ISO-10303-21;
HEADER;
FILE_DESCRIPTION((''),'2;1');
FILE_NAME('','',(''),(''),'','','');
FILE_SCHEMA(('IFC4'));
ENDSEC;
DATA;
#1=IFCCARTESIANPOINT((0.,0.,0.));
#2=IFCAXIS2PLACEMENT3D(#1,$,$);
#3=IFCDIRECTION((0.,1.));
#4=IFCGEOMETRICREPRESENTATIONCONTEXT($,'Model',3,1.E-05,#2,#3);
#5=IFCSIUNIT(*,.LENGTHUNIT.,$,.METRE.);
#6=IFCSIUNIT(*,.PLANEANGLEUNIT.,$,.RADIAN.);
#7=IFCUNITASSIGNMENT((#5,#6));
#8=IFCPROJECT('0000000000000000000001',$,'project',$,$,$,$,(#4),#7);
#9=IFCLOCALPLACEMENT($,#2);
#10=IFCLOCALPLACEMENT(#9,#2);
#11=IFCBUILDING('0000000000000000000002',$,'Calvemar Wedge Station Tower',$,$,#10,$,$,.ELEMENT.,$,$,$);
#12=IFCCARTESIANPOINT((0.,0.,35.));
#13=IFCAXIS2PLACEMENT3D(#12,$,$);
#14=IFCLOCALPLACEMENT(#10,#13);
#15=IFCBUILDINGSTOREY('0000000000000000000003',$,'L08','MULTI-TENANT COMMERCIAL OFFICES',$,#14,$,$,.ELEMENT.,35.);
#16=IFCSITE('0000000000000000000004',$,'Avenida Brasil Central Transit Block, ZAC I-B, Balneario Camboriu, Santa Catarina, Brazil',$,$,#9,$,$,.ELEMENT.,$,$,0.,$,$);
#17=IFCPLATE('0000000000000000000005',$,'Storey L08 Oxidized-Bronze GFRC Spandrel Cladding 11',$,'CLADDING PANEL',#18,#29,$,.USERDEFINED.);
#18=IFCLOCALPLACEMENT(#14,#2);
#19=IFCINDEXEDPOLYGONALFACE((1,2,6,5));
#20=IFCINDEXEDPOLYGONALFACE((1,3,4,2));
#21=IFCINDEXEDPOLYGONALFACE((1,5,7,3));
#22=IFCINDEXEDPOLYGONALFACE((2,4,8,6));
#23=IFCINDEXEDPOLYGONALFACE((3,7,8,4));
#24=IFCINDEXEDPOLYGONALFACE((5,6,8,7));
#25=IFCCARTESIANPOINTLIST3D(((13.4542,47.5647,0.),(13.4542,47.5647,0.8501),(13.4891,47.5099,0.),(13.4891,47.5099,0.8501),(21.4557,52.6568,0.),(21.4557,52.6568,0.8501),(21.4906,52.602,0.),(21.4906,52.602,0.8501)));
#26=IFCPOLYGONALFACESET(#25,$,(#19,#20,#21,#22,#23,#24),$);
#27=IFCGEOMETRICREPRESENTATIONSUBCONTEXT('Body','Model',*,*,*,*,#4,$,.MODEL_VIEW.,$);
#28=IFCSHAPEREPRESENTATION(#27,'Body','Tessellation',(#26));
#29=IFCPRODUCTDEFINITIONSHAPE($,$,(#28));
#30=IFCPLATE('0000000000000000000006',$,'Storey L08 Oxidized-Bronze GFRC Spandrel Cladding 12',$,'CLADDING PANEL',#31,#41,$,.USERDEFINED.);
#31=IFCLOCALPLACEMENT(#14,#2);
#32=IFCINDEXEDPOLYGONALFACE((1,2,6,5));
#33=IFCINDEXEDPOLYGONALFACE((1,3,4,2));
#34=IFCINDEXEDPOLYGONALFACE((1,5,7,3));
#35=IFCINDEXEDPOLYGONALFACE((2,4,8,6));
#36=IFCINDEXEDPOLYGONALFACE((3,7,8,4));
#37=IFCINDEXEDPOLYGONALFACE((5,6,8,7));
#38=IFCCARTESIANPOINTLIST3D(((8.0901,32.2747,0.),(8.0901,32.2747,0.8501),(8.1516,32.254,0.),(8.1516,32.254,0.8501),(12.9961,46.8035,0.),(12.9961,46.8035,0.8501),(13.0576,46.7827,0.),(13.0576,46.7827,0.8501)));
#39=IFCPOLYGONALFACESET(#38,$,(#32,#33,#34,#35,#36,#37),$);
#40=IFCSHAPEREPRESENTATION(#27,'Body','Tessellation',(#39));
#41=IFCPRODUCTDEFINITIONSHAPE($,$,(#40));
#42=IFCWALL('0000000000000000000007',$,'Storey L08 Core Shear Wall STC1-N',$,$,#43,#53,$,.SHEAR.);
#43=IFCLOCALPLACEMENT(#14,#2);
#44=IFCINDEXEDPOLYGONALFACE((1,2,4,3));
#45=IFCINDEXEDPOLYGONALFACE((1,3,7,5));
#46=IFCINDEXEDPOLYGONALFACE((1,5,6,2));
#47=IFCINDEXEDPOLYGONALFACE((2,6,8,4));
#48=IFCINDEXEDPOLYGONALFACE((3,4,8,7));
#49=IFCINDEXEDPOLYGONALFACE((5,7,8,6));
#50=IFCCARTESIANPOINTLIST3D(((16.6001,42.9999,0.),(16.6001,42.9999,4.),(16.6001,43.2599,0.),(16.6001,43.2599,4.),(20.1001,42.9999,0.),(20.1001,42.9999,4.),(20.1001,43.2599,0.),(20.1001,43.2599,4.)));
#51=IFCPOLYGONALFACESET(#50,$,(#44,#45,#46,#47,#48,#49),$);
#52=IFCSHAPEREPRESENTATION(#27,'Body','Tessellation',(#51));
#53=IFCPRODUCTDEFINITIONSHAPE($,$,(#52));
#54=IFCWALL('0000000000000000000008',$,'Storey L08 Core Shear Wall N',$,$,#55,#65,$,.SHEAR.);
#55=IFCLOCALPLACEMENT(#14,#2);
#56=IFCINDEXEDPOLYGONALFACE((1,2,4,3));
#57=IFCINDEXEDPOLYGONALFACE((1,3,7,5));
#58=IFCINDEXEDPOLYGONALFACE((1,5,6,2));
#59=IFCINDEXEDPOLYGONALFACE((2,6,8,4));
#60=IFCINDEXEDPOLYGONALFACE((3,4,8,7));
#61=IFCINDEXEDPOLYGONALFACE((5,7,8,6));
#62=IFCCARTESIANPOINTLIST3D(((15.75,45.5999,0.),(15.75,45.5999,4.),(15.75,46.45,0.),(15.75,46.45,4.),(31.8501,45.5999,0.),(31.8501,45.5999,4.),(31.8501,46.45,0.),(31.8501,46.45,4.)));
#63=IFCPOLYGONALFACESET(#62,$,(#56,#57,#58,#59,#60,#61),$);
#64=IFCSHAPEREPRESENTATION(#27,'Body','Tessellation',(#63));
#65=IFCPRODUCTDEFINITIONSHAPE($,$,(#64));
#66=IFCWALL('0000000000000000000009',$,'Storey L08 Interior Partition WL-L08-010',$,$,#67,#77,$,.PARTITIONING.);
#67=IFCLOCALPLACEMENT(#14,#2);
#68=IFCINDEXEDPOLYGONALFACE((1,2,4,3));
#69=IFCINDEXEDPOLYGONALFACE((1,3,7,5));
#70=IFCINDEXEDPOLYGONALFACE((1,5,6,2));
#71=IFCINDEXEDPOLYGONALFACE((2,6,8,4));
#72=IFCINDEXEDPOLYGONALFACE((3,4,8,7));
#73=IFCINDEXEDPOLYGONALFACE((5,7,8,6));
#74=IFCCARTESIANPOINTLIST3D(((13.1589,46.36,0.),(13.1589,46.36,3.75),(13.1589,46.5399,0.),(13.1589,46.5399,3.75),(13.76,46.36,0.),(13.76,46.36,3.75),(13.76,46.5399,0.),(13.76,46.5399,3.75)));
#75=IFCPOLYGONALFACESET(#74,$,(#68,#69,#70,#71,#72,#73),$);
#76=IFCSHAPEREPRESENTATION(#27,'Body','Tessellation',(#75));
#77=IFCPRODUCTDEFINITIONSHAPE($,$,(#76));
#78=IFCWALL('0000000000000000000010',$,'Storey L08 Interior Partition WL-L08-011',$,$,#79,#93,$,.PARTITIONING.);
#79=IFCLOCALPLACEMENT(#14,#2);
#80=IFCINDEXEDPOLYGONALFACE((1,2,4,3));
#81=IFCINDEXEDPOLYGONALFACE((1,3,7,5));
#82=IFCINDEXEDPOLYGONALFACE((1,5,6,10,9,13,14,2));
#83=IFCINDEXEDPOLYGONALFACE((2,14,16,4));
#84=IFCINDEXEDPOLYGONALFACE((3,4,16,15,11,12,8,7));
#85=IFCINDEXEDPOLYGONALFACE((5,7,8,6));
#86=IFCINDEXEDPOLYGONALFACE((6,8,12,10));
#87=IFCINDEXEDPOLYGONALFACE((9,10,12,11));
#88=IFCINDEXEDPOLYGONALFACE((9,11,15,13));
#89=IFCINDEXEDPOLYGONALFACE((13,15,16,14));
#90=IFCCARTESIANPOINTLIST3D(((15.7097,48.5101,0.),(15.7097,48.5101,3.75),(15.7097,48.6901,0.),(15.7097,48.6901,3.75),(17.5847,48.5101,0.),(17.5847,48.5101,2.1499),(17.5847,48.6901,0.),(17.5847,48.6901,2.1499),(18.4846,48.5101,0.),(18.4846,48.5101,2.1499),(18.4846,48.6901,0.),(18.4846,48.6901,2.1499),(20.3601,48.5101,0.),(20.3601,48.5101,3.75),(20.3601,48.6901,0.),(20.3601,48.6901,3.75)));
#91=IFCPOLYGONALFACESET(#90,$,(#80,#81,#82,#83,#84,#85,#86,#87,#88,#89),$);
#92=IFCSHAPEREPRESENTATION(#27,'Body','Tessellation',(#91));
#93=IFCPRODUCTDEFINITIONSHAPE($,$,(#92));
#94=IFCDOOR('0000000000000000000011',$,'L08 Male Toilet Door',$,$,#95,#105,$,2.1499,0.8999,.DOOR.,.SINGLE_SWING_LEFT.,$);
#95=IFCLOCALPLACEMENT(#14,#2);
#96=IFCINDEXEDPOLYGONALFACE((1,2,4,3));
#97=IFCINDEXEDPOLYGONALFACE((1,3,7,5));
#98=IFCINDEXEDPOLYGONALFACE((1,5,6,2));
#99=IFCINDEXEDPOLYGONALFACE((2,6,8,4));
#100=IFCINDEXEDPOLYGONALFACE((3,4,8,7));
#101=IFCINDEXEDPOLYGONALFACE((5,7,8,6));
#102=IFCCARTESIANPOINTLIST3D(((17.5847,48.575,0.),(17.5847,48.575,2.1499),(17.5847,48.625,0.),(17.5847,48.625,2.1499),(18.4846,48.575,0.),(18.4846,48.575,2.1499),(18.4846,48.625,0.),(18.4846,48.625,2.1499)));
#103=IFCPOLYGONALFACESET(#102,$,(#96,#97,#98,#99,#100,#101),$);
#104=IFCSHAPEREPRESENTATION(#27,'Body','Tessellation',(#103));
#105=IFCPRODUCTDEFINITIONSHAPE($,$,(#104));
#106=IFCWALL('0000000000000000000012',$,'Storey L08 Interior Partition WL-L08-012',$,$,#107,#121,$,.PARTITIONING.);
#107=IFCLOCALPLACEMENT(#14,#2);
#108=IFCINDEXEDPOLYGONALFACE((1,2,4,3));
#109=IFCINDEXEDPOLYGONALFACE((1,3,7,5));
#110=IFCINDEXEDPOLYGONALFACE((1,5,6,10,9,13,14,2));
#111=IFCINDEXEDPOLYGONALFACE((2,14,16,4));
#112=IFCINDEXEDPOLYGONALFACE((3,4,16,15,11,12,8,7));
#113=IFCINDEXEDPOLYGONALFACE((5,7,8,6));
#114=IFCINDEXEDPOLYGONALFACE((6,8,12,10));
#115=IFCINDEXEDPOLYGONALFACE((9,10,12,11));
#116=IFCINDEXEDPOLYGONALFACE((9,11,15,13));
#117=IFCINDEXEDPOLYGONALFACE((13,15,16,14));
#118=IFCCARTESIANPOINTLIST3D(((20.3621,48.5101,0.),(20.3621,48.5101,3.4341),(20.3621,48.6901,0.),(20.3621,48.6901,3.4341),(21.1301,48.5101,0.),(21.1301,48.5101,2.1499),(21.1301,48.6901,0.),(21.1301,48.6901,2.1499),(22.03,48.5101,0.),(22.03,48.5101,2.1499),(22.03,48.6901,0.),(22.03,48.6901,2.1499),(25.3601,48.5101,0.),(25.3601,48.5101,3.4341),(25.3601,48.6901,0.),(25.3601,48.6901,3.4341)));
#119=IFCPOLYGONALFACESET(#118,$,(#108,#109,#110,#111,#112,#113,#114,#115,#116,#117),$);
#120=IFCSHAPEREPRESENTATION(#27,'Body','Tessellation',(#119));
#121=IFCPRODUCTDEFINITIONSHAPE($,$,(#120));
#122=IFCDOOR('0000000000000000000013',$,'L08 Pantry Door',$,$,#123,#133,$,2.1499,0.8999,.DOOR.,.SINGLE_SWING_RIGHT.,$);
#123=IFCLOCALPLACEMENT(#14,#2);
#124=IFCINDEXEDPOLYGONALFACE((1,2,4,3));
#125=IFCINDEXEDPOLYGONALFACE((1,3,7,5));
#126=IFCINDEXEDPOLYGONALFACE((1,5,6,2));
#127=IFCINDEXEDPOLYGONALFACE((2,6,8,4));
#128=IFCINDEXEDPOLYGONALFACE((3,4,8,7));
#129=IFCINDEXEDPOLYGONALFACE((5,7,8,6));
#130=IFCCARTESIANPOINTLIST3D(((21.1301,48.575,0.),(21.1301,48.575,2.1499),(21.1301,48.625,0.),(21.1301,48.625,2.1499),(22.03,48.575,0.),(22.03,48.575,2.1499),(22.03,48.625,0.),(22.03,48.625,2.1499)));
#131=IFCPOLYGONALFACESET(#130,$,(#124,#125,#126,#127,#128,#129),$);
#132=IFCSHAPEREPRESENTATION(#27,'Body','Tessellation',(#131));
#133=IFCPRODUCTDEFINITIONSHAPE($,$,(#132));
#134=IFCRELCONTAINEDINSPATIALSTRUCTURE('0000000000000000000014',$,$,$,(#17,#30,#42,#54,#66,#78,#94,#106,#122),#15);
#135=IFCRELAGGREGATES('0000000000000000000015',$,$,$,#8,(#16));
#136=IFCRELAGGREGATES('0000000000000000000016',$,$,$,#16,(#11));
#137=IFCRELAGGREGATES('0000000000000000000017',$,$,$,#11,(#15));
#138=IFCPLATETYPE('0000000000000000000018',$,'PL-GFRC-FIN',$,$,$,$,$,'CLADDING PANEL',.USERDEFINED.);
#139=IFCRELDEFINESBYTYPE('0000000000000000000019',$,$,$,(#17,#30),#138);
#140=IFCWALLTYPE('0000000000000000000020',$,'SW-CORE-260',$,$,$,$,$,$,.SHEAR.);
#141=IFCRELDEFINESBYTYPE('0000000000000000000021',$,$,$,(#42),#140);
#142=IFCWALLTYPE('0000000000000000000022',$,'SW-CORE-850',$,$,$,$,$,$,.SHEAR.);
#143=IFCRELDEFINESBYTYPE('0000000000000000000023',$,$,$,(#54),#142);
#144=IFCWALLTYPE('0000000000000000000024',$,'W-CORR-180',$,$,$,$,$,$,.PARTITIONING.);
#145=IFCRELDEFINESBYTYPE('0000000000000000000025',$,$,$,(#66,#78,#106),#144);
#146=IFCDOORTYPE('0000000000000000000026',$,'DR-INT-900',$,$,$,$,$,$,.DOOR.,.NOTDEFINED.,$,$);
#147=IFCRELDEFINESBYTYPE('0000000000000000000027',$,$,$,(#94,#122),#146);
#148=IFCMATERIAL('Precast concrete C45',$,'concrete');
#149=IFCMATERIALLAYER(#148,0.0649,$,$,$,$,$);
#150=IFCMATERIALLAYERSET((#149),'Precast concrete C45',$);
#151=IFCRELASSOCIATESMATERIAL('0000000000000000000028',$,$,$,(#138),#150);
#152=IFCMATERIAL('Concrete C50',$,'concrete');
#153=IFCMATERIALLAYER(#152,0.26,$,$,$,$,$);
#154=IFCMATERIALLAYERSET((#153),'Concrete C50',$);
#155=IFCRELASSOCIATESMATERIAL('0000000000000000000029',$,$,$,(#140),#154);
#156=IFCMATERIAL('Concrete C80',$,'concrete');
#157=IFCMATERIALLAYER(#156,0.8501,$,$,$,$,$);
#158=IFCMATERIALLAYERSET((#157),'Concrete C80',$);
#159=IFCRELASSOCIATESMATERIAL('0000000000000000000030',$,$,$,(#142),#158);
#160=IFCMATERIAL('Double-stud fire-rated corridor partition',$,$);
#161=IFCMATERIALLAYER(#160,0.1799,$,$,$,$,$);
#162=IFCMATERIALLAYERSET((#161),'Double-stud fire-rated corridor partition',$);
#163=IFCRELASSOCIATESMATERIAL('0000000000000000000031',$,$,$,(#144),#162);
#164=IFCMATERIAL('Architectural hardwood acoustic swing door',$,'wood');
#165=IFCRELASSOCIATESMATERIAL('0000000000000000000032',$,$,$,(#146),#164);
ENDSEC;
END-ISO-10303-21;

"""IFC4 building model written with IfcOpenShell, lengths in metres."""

from ifc_helpers import new_model, si_unit, direction, frame, frame_2d, origin, place, context, subcontext, project, spatial, rectangle, extrude, source, transform, mapped, material, layer, layer_set, type_object, element, fill, save


model = new_model("IFC4")

# Units and contexts
model_context = context("Model", 3, precision=1e-05, world=origin(), true_north=direction((0.0, 1.0)))
body_context = subcontext(model_context, "Body", "Model", "MODEL_VIEW")
ifc_project = project(units=[si_unit("LENGTHUNIT", "METRE"), si_unit("PLANEANGLEUNIT", "RADIAN")], contexts=[model_context])

# Site, building, storey
site_placement = place(None, origin())
site = spatial("IfcSite", under=ifc_project, at=site_placement, Name="Avenida Brasil Central Transit Block, ZAC I-B, Balneario Camboriu, Santa Catarina, Brazil", CompositionType="ELEMENT", RefElevation=0.0)
building_placement = place(site_placement, origin())
building = spatial("IfcBuilding", under=site, at=building_placement, Name="Calvemar Wedge Station Tower", CompositionType="ELEMENT")
storey_placement = place(building_placement, frame((0.0, 0.0, 35.0)))
storey = spatial("IfcBuildingStorey", under=building, at=storey_placement, Name="L08", Description="MULTI-TENANT COMMERCIAL OFFICES", CompositionType="ELEMENT", Elevation=35.0)

# Plates
ifc_material_1 = material(Name="Precast concrete C45", Category="concrete")
ifc_layer_1 = layer(ifc_material_1, 0.0649)
ifc_layer_set_1 = layer_set([ifc_layer_1], Name="Precast concrete C45")
plate_type = type_object("IfcPlateType", Name="PL-GFRC-FIN", ElementType="CLADDING PANEL", PredefinedType="USERDEFINED", material=ifc_layer_set_1)
plate_1_placement = place(storey_placement, frame((21.4731, 52.6294, 0.0), z_axis=(0.0, 0.0, 1.0), x_axis=(-0.843652, -0.53689, 0.0)))
element("IfcPlate", 1, at=plate_1_placement, inside=storey, type_object=plate_type, Name="Storey L08 Oxidized-Bronze GFRC Spandrel Cladding 11", ObjectType="CLADDING PANEL", PredefinedType="USERDEFINED", context=body_context, shape_type="SweptSolid", body=[
    extrude(rectangle(XDim=9.4844, YDim=0.0649, at=frame_2d((4.7422, 0.0))), origin(), (0.0, 0.0, 1.0), 0.8501),
])
plate_2_placement = place(storey_placement, frame((13.0269, 46.7932, 0.0), z_axis=(0.0, 0.0, 1.0), x_axis=(-0.319927, -0.947442, 0.0)))
element("IfcPlate", 2, at=plate_2_placement, inside=storey, type_object=plate_type, Name="Storey L08 Oxidized-Bronze GFRC Spandrel Cladding 12", ObjectType="CLADDING PANEL", PredefinedType="USERDEFINED", context=body_context, shape_type="SweptSolid", body=[
    extrude(rectangle(XDim=15.3347, YDim=0.0649, at=frame_2d((7.6675, 0.0))), origin(), (0.0, 0.0, 1.0), 0.8501),
])

# Walls
ifc_material_2 = material(Name="Concrete C50", Category="concrete")
ifc_layer_2 = layer(ifc_material_2, 0.26)
ifc_layer_set_2 = layer_set([ifc_layer_2], Name="Concrete C50")
wall_type_1 = type_object("IfcWallType", Name="SW-CORE-260", PredefinedType="SHEAR", material=ifc_layer_set_2)
wall_1_placement = place(storey_placement, frame((16.6001, 43.1299, 0.0), z_axis=(0.0, 0.0, 1.0), x_axis=(1.0, 0.0, 0.0)))
element("IfcWall", 3, at=wall_1_placement, inside=storey, type_object=wall_type_1, Name="Storey L08 Core Shear Wall STC1-N", PredefinedType="SHEAR", context=body_context, shape_type="SweptSolid", body=[
    extrude(rectangle(XDim=3.5, YDim=0.26, at=frame_2d((1.75, 0.0))), origin(), (0.0, 0.0, 1.0), 4.0),
])
ifc_material_3 = material(Name="Concrete C80", Category="concrete")
ifc_layer_3 = layer(ifc_material_3, 0.8501)
ifc_layer_set_3 = layer_set([ifc_layer_3], Name="Concrete C80")
wall_type_2 = type_object("IfcWallType", Name="SW-CORE-850", PredefinedType="SHEAR", material=ifc_layer_set_3)
wall_2_placement = place(storey_placement, frame((15.75, 46.0249, 0.0), z_axis=(0.0, 0.0, 1.0), x_axis=(1.0, 0.0, 0.0)))
element("IfcWall", 4, at=wall_2_placement, inside=storey, type_object=wall_type_2, Name="Storey L08 Core Shear Wall N", PredefinedType="SHEAR", context=body_context, shape_type="SweptSolid", body=[
    extrude(rectangle(XDim=16.1001, YDim=0.8501, at=frame_2d((8.05, 0.0))), origin(), (0.0, 0.0, 1.0), 4.0),
])
ifc_material_4 = material(Name="Double-stud fire-rated corridor partition")
ifc_layer_4 = layer(ifc_material_4, 0.1799)
ifc_layer_set_4 = layer_set([ifc_layer_4], Name="Double-stud fire-rated corridor partition")
wall_type_3 = type_object("IfcWallType", Name="W-CORR-180", PredefinedType="PARTITIONING", material=ifc_layer_set_4)
wall_3_placement = place(storey_placement, frame((13.76, 46.45, 0.0), z_axis=(0.0, 0.0, 1.0), x_axis=(-1.0, 0.0, 0.0)))
element("IfcWall", 5, at=wall_3_placement, inside=storey, type_object=wall_type_3, Name="Storey L08 Interior Partition WL-L08-010", PredefinedType="PARTITIONING", context=body_context, shape_type="SweptSolid", body=[
    extrude(rectangle(XDim=0.6011, YDim=0.1799, at=frame_2d((0.3005, 0.0))), origin(), (0.0, 0.0, 1.0), 3.75),
])

# Walls, openings, doors
wall_4_placement = place(storey_placement, frame((15.7097, 48.6001, 0.0), z_axis=(0.0, 0.0, 1.0), x_axis=(1.0, 0.0, 0.0)))
wall_4 = element("IfcWall", 6, at=wall_4_placement, inside=storey, type_object=wall_type_3, Name="Storey L08 Interior Partition WL-L08-011", PredefinedType="PARTITIONING", context=body_context, shape_type="SweptSolid", body=[
    extrude(rectangle(XDim=4.6504, YDim=0.1799, at=frame_2d((2.3252, 0.0))), origin(), (0.0, 0.0, 1.0), 3.75),
])
shared_shape_1 = source(origin(), body_context, "Body", "SweptSolid", [
    extrude(rectangle(XDim=0.8999, YDim=2.1499, at=frame_2d((0.45, 1.075))), frame((0.0, 0.1001, 0.0), z_axis=(0.0, -1.0, 0.0), x_axis=(1.0, 0.0, 0.0)), (0.0, 0.0, 1.0), 0.2),
])
opening_1_placement = place(wall_4_placement, frame((1.875, 0.0, 0.0)))
opening_1 = element("IfcOpeningElement", 7, at=opening_1_placement, cuts=wall_4, PredefinedType="OPENING", context=body_context, shape_type="MappedRepresentation", body=[
    mapped(shared_shape_1, transform((0.0, 0.0, 0.0), scale=1.0)),
])
ifc_material_5 = material(Name="Architectural hardwood acoustic swing door", Category="wood")
door_type_1 = type_object("IfcDoorType", Name="DR-INT-900", OperationType="NOTDEFINED", PredefinedType="DOOR", material=ifc_material_5)
shared_shape_2 = source(origin(), body_context, "Body", "SweptSolid", [
    extrude(rectangle(XDim=0.8999, YDim=2.1499, at=frame_2d((0.45, 1.075))), frame((0.0, 0.0249, 0.0), z_axis=(0.0, -1.0, 0.0), x_axis=(1.0, 0.0, 0.0)), (0.0, 0.0, 1.0), 0.05),
])
door_1_placement = place(opening_1_placement, origin())
door_1 = element("IfcDoor", 8, at=door_1_placement, inside=storey, type_object=door_type_1, Name="L08 Male Toilet Door", OperationType="SINGLE_SWING_LEFT", OverallHeight=2.1499, OverallWidth=0.8999, PredefinedType="DOOR", context=body_context, shape_type="MappedRepresentation", body=[
    mapped(shared_shape_2, transform((0.0, 0.0, 0.0), scale=1.0)),
])
fill(opening_1, door_1)
wall_5_placement = place(storey_placement, frame((20.3621, 48.6001, 0.0), z_axis=(0.0, 0.0, 1.0), x_axis=(1.0, 0.0, 0.0)))
wall_5 = element("IfcWall", 9, at=wall_5_placement, inside=storey, type_object=wall_type_3, Name="Storey L08 Interior Partition WL-L08-012", PredefinedType="PARTITIONING", context=body_context, shape_type="SweptSolid", body=[
    extrude(rectangle(XDim=4.998, YDim=0.1799, at=frame_2d((2.499, 0.0))), origin(), (0.0, 0.0, 1.0), 3.4341),
])
opening_2_placement = place(wall_5_placement, frame((0.7681, 0.0, 0.0)))
opening_2 = element("IfcOpeningElement", 10, at=opening_2_placement, cuts=wall_5, PredefinedType="OPENING", context=body_context, shape_type="MappedRepresentation", body=[
    mapped(shared_shape_1, transform((0.0, 0.0, 0.0), scale=1.0)),
])
door_2_placement = place(opening_2_placement, origin())
door_2 = element("IfcDoor", 11, at=door_2_placement, inside=storey, type_object=door_type_1, Name="L08 Pantry Door", OperationType="SINGLE_SWING_RIGHT", OverallHeight=2.1499, OverallWidth=0.8999, PredefinedType="DOOR", context=body_context, shape_type="MappedRepresentation", body=[
    mapped(shared_shape_2, transform((0.0, 0.0, 0.0), scale=1.0)),
])
fill(opening_2, door_2)

save(model, "model.ifc")
